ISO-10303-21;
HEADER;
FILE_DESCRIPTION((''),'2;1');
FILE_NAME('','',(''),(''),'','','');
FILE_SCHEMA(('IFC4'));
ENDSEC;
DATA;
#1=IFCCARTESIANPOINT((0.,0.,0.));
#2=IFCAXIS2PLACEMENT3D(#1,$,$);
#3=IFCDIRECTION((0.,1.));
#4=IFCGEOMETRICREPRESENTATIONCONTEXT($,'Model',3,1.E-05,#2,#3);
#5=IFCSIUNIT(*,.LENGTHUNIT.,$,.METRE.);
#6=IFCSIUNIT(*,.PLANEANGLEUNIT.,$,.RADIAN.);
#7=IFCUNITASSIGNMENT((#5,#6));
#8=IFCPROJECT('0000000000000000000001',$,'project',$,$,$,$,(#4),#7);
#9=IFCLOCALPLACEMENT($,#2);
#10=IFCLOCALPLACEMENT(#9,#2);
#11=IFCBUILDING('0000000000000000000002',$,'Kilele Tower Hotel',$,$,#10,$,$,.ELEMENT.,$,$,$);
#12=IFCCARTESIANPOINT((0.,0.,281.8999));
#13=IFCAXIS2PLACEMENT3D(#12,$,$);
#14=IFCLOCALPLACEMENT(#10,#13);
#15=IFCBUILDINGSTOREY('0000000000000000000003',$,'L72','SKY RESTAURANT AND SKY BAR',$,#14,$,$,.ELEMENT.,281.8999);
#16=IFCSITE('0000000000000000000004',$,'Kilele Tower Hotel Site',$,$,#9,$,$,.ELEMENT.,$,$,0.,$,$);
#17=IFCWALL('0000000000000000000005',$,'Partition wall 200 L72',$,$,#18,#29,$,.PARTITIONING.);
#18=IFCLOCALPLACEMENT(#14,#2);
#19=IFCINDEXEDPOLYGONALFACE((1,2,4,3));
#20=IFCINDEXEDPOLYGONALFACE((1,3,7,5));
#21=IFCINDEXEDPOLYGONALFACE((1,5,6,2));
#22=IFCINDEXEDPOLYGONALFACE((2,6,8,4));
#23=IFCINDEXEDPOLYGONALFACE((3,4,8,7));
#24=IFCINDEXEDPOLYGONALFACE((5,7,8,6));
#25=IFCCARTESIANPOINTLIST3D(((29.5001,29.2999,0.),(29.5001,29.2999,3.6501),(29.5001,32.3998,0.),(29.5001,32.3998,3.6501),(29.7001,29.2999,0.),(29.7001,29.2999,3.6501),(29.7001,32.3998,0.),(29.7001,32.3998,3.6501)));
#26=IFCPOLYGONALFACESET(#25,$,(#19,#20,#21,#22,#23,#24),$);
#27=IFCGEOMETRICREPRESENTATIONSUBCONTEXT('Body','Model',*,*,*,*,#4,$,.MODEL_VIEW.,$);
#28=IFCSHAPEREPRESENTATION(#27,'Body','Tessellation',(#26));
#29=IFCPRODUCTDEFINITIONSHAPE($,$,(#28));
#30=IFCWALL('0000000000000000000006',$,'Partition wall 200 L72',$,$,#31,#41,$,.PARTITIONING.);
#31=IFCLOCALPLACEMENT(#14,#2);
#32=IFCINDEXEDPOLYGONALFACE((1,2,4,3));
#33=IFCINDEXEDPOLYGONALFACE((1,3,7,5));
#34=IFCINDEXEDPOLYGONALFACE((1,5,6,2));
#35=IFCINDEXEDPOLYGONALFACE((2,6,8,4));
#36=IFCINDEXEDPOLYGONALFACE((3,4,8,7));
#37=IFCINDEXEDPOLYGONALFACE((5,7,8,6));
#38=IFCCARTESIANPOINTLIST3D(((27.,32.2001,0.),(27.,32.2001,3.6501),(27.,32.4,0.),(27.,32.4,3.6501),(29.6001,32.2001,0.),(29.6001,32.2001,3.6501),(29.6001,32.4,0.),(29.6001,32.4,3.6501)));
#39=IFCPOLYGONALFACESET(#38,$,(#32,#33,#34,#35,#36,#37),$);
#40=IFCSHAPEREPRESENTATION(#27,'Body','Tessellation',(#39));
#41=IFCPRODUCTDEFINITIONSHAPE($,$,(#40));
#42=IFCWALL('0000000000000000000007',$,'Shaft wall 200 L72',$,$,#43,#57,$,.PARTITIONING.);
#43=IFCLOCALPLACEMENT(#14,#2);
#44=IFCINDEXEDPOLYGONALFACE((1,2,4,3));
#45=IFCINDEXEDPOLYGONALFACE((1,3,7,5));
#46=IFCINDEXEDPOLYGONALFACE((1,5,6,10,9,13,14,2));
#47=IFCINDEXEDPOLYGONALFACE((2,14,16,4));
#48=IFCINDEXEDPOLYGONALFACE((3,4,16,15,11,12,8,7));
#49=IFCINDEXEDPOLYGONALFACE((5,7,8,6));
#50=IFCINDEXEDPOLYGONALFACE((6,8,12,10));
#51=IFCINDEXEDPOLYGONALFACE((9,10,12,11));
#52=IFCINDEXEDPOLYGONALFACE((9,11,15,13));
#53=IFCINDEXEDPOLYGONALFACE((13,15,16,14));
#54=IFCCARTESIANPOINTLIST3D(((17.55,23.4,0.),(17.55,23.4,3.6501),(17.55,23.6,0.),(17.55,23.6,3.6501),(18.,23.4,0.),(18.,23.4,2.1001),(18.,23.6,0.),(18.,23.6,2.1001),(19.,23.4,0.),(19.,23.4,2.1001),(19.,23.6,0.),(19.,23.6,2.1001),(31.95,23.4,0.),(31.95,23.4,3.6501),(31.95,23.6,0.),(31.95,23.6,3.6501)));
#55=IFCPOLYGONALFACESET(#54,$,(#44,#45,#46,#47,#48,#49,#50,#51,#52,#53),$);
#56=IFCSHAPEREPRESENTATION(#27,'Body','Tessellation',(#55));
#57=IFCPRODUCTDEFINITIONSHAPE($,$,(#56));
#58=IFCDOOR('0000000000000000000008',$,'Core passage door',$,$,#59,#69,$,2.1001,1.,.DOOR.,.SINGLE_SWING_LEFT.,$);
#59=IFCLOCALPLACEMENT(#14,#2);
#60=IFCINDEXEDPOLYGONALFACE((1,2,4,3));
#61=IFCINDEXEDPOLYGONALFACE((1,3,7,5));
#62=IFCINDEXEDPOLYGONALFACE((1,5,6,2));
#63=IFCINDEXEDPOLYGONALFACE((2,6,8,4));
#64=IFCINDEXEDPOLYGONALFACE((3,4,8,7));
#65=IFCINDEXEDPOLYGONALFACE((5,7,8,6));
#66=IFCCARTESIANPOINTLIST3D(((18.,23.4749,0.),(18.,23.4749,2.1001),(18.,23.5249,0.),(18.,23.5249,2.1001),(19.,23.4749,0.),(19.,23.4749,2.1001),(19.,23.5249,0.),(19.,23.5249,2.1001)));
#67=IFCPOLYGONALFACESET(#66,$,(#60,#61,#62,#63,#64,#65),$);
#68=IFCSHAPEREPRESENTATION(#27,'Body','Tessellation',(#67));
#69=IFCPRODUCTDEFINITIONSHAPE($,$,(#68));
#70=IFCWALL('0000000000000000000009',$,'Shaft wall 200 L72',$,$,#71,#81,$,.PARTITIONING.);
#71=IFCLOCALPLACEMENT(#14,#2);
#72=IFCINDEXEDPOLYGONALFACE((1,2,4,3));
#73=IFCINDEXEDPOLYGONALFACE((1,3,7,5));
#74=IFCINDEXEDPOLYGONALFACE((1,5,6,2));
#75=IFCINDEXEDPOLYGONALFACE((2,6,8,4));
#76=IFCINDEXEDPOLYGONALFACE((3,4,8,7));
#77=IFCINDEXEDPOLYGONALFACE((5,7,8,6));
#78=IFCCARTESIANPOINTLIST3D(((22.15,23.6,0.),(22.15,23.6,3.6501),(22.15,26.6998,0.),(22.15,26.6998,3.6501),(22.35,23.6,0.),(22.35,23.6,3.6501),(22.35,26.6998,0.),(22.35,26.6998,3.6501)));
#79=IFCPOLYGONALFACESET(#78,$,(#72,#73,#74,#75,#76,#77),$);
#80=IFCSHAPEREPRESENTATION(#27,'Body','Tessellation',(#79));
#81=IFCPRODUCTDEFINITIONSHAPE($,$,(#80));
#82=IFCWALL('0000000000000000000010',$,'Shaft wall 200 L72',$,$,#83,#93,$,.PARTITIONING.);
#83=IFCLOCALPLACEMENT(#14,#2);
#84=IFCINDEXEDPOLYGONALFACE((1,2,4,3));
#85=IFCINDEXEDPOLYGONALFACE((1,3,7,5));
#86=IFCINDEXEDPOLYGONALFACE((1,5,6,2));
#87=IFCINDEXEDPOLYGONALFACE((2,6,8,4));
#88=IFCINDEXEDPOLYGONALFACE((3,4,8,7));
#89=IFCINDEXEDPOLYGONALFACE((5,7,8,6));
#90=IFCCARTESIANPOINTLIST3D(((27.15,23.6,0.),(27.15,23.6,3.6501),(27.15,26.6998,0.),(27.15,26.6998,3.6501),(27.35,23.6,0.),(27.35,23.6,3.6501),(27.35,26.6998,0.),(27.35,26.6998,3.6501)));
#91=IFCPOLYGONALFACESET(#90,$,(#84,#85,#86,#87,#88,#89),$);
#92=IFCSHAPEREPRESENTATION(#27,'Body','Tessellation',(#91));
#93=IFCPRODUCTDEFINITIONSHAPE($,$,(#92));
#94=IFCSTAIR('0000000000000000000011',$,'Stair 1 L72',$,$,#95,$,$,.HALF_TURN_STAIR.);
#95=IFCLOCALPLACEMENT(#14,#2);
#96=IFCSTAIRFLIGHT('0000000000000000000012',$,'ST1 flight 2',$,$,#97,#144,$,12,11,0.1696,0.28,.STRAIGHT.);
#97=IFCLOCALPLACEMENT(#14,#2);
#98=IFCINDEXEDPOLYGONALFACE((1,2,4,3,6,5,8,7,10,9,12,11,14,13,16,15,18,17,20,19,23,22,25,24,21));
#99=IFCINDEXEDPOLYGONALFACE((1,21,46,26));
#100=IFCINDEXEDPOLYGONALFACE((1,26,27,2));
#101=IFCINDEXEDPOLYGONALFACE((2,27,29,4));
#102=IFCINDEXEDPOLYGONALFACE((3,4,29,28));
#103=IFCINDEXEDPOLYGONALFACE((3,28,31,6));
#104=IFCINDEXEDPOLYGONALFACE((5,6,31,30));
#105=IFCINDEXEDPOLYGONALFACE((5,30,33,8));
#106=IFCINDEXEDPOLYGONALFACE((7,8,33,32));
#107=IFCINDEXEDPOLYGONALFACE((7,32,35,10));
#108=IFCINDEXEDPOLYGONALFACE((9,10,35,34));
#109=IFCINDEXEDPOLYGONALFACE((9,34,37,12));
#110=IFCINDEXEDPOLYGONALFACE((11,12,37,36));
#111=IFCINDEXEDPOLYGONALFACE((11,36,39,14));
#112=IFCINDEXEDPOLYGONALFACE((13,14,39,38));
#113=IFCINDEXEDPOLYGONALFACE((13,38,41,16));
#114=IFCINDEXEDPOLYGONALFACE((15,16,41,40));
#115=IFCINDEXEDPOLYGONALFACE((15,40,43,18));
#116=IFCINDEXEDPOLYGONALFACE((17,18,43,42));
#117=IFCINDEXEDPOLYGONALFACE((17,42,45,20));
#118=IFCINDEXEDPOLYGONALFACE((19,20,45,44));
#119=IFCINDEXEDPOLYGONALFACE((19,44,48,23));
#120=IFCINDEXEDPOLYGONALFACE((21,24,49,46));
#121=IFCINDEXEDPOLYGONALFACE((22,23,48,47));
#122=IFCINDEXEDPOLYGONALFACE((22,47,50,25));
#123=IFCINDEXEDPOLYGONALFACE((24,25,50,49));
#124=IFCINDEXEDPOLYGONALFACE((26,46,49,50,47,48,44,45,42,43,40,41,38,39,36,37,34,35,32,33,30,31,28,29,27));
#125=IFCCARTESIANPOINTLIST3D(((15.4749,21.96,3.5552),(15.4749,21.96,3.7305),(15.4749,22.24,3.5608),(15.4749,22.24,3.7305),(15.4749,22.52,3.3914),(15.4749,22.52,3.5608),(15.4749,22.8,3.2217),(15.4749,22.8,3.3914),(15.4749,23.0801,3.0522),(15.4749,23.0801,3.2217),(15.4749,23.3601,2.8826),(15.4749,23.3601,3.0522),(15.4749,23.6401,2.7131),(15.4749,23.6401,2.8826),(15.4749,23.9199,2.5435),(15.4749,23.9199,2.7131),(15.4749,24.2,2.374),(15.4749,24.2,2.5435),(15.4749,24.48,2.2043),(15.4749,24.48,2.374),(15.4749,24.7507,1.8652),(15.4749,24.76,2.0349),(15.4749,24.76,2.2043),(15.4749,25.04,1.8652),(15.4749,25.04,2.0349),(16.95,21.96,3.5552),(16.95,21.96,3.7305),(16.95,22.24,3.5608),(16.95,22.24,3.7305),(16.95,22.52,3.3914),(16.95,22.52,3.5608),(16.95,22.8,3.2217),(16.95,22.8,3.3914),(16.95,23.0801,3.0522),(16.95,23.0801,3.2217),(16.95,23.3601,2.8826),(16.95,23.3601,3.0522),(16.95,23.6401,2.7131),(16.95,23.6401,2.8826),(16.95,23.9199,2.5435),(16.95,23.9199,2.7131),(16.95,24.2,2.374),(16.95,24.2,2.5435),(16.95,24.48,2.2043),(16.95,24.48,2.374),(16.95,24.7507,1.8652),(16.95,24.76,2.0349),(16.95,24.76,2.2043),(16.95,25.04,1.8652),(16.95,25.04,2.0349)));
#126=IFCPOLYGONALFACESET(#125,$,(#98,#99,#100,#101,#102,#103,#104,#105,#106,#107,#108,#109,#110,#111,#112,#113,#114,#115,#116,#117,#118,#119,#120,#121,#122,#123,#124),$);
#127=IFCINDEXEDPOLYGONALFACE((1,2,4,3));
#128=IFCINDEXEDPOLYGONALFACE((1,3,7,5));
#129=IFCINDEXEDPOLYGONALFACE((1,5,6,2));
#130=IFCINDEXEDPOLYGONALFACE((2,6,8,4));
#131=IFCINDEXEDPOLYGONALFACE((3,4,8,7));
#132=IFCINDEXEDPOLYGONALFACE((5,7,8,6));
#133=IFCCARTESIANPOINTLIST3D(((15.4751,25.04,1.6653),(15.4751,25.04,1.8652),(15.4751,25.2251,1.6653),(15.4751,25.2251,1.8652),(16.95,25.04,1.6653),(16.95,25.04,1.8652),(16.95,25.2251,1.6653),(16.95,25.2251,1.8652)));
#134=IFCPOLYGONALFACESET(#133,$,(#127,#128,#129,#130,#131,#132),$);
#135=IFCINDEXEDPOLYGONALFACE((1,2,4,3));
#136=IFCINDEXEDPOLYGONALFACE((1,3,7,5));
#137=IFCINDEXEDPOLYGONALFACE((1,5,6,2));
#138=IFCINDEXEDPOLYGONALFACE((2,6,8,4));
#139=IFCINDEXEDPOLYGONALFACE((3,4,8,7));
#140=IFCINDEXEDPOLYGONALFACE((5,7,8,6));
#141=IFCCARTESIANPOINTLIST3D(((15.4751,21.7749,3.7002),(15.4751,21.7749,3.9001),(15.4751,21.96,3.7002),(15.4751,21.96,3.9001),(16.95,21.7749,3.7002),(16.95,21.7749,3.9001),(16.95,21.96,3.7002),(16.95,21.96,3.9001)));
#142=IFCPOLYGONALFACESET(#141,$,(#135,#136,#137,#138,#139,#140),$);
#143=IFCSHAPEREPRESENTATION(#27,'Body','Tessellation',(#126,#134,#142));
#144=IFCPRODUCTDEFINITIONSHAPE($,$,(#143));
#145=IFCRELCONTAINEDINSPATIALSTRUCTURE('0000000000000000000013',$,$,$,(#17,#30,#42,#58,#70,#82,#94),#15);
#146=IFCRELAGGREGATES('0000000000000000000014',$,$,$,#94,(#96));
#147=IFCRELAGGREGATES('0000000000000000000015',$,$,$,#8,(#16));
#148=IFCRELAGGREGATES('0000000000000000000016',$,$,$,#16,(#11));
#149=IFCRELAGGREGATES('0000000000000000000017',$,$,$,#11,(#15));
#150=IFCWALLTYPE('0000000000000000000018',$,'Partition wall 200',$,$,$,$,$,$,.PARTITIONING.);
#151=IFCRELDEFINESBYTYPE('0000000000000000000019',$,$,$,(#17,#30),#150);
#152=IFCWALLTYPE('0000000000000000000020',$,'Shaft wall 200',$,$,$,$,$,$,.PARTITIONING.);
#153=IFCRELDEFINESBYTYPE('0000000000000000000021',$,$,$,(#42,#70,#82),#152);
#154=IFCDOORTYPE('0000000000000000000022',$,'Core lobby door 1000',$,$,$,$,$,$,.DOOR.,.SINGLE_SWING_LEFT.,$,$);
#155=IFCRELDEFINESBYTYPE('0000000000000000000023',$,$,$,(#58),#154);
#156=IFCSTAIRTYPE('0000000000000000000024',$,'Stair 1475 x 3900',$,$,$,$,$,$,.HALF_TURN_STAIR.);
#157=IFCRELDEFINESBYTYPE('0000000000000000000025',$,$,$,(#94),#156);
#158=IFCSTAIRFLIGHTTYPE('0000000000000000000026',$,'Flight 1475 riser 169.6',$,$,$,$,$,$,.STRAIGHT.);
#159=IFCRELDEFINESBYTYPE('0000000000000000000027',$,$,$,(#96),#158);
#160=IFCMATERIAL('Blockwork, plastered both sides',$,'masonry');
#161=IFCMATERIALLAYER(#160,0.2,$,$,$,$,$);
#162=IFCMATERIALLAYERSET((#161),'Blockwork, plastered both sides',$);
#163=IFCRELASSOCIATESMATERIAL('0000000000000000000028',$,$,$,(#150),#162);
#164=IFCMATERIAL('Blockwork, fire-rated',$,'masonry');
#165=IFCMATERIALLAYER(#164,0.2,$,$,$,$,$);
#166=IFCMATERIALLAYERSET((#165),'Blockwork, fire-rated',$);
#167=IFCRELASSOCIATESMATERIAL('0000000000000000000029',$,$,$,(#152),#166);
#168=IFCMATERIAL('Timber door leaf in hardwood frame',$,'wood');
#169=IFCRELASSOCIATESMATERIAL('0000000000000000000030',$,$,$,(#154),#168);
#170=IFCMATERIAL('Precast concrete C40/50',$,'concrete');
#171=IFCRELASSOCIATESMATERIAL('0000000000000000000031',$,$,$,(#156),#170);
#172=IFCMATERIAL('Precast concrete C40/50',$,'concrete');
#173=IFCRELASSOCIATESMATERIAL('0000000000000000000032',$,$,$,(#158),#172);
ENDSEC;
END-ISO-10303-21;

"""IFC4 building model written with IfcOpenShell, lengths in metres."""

from ifc_helpers import new_model, si_unit, direction, frame, frame_2d, origin, place, context, subcontext, project, spatial, polyline, rectangle, outline, extrude, material, layer, layer_set, type_object, element, fill, aggregate, save


model = new_model("IFC4")

# Units and contexts
model_context = context("Model", 3, precision=1e-05, world=origin(), true_north=direction((0.0, 1.0)))
body_context = subcontext(model_context, "Body", "Model", "MODEL_VIEW")
ifc_project = project(units=[si_unit("LENGTHUNIT", "METRE"), si_unit("PLANEANGLEUNIT", "RADIAN")], contexts=[model_context])

# Site, building, storey
site_placement = place(None, origin())
site = spatial("IfcSite", under=ifc_project, at=site_placement, Name="Kilele Tower Hotel Site", CompositionType="ELEMENT", RefElevation=0.0)
building_placement = place(site_placement, origin())
building = spatial("IfcBuilding", under=site, at=building_placement, Name="Kilele Tower Hotel", CompositionType="ELEMENT")
storey_placement = place(building_placement, frame((0.0, 0.0, 281.8999)))
storey = spatial("IfcBuildingStorey", under=building, at=storey_placement, Name="L72", Description="SKY RESTAURANT AND SKY BAR", CompositionType="ELEMENT", Elevation=281.8999)

# Walls
ifc_material_1 = material(Name="Blockwork, plastered both sides", Category="masonry")
ifc_layer_1 = layer(ifc_material_1, 0.2)
ifc_layer_set_1 = layer_set([ifc_layer_1], Name="Blockwork, plastered both sides")
wall_type_1 = type_object("IfcWallType", Name="Partition wall 200", PredefinedType="PARTITIONING", material=ifc_layer_set_1)
wall_1_placement = place(storey_placement, frame((29.6001, 29.3, 0.0), z_axis=(0.0, 0.0, 1.0), x_axis=(0.0, 1.0, 0.0)))
element("IfcWall", 1, at=wall_1_placement, inside=storey, type_object=wall_type_1, Name="Partition wall 200 L72", PredefinedType="PARTITIONING", context=body_context, shape_type="SweptSolid", body=[
    extrude(rectangle(XDim=3.0999, YDim=0.2, at=frame_2d((1.5498, 0.0))), origin(), (0.0, 0.0, 1.0), 3.6501),
])
wall_2_placement = place(storey_placement, frame((27.0, 32.3, 0.0), z_axis=(0.0, 0.0, 1.0), x_axis=(1.0, 0.0, 0.0)))
element("IfcWall", 2, at=wall_2_placement, inside=storey, type_object=wall_type_1, Name="Partition wall 200 L72", PredefinedType="PARTITIONING", context=body_context, shape_type="SweptSolid", body=[
    extrude(rectangle(XDim=2.6001, YDim=0.2, at=frame_2d((1.3, 0.0))), origin(), (0.0, 0.0, 1.0), 3.6501),
])

# Wall, opening, door
ifc_material_2 = material(Name="Blockwork, fire-rated", Category="masonry")
ifc_layer_2 = layer(ifc_material_2, 0.2)
ifc_layer_set_2 = layer_set([ifc_layer_2], Name="Blockwork, fire-rated")
wall_type_2 = type_object("IfcWallType", Name="Shaft wall 200", PredefinedType="PARTITIONING", material=ifc_layer_set_2)
wall_3_placement = place(storey_placement, frame((17.55, 23.5, 0.0), z_axis=(0.0, 0.0, 1.0), x_axis=(1.0, 0.0, 0.0)))
wall_3 = element("IfcWall", 3, at=wall_3_placement, inside=storey, type_object=wall_type_2, Name="Shaft wall 200 L72", PredefinedType="PARTITIONING", context=body_context, shape_type="SweptSolid", body=[
    extrude(rectangle(XDim=14.3999, YDim=0.2, at=frame_2d((7.2, 0.0))), origin(), (0.0, 0.0, 1.0), 3.6501),
])
opening_placement = place(wall_3_placement, frame((0.45, 0.0, 0.0)))
opening = element("IfcOpeningElement", 4, at=opening_placement, cuts=wall_3, PredefinedType="OPENING", context=body_context, shape_type="SweptSolid", body=[
    extrude(rectangle(XDim=1.0, YDim=2.1001, at=frame_2d((0.5, 1.05))), frame((0.0, 0.1099, 0.0), z_axis=(0.0, -1.0, 0.0), x_axis=(1.0, 0.0, 0.0)), (0.0, 0.0, 1.0), 0.22),
])
ifc_material_3 = material(Name="Timber door leaf in hardwood frame", Category="wood")
door_type = type_object("IfcDoorType", Name="Core lobby door 1000", OperationType="SINGLE_SWING_LEFT", PredefinedType="DOOR", material=ifc_material_3)
door_placement = place(opening_placement, origin())
door = element("IfcDoor", 5, at=door_placement, inside=storey, type_object=door_type, Name="Core passage door", OperationType="SINGLE_SWING_LEFT", OverallHeight=2.1001, OverallWidth=1.0, PredefinedType="DOOR", context=body_context, shape_type="SweptSolid", body=[
    extrude(rectangle(XDim=1.0, YDim=2.1001, at=frame_2d((0.5, 1.05))), frame((0.0, 0.0249, 0.0), z_axis=(0.0, -1.0, 0.0), x_axis=(1.0, 0.0, 0.0)), (0.0, 0.0, 1.0), 0.05),
])
fill(opening, door)

# Walls
for number, where, z_axis, x_axis, name in (
    (6, (22.25, 23.6001, 0.0), (0.0, 0.0, 1.0), (0.0, 1.0, 0.0), "Shaft wall 200 L72"),
    (7, (27.25, 23.6001, 0.0), (0.0, 0.0, 1.0), (0.0, 1.0, 0.0), "Shaft wall 200 L72"),
):
    element("IfcWall", number, at=place(storey_placement, frame(where, z_axis=z_axis, x_axis=x_axis)), inside=storey, type_object=wall_type_2, Name=name, PredefinedType="PARTITIONING", context=body_context, shape_type="SweptSolid", body=[
        extrude(rectangle(XDim=3.0999, YDim=0.2, at=frame_2d((1.5498, 0.0))), origin(), (0.0, 0.0, 1.0), 3.6501),
    ])

# Stair, stair flight
ifc_material_4 = material(Name="Precast concrete C40/50", Category="concrete")
stair_type = type_object("IfcStairType", Name="Stair 1475 x 3900", PredefinedType="HALF_TURN_STAIR", material=ifc_material_4)
stair_placement = place(storey_placement, origin())
stair = element("IfcStair", 8, at=stair_placement, inside=storey, type_object=stair_type, Name="Stair 1 L72", PredefinedType="HALF_TURN_STAIR")
ifc_material_5 = material(Name="Precast concrete C40/50", Category="concrete")
stair_flight_type = type_object("IfcStairFlightType", Name="Flight 1475 riser 169.6", PredefinedType="STRAIGHT", material=ifc_material_5)
stair_flight_placement = place(storey_placement, frame((16.2124, 25.04, 1.8652), z_axis=(0.0, 0.0, 1.0), x_axis=(0.0, -1.0, 0.0)))
stair_flight = element("IfcStairFlight", 9, at=stair_flight_placement, type_object=stair_flight_type, Name="ST1 flight 2", NumberOfRisers=12, NumberOfTreads=11, PredefinedType="STRAIGHT", RiserHeight=0.1696, TreadLength=0.28, context=body_context, shape_type="SweptSolid", body=[
    extrude(outline(polyline([(0.0, 0.0), (0.0, 0.1697), (0.28, 0.1697), (0.28, 0.3391), (0.5601, 0.3391), (0.5601, 0.5088), (0.8401, 0.5088), (0.8401, 0.6782), (1.1201, 0.6782), (1.1201, 0.8479), (1.3999, 0.8479), (1.3999, 1.0173), (1.6799, 1.0173), (1.6799, 1.187), (1.96, 1.187), (1.96, 1.3564), (2.24, 1.3564), (2.24, 1.5261), (2.52, 1.5261), (2.52, 1.6956), (2.8, 1.6956), (2.8, 1.8652), (3.0801, 1.8652), (3.0801, 2.0347), (3.0801, 1.6899), (0.2893, 0.0), (0.0, 0.0)])), frame((0.0, 0.7375, 0.0), z_axis=(0.0, -1.0, 0.0), x_axis=(1.0, 0.0, 0.0)), (0.0, 0.0, 1.0), 1.4751),
    extrude(outline(polyline([(0.0, -0.7373), (0.0, 0.7375), (-0.1851, 0.7375), (-0.1851, -0.7373), (0.0, -0.7373)])), frame((0.0, 0.0, -0.2)), (0.0, 0.0, 1.0), 0.2),
    extrude(outline(polyline([(3.2651, -0.7373), (3.2651, 0.7375), (3.0801, 0.7375), (3.0801, -0.7373), (3.2651, -0.7373)])), frame((0.0, 0.0, 1.835)), (0.0, 0.0, 1.0), 0.2),
])
aggregate(stair, [stair_flight])

save(model, "model.ifc")
